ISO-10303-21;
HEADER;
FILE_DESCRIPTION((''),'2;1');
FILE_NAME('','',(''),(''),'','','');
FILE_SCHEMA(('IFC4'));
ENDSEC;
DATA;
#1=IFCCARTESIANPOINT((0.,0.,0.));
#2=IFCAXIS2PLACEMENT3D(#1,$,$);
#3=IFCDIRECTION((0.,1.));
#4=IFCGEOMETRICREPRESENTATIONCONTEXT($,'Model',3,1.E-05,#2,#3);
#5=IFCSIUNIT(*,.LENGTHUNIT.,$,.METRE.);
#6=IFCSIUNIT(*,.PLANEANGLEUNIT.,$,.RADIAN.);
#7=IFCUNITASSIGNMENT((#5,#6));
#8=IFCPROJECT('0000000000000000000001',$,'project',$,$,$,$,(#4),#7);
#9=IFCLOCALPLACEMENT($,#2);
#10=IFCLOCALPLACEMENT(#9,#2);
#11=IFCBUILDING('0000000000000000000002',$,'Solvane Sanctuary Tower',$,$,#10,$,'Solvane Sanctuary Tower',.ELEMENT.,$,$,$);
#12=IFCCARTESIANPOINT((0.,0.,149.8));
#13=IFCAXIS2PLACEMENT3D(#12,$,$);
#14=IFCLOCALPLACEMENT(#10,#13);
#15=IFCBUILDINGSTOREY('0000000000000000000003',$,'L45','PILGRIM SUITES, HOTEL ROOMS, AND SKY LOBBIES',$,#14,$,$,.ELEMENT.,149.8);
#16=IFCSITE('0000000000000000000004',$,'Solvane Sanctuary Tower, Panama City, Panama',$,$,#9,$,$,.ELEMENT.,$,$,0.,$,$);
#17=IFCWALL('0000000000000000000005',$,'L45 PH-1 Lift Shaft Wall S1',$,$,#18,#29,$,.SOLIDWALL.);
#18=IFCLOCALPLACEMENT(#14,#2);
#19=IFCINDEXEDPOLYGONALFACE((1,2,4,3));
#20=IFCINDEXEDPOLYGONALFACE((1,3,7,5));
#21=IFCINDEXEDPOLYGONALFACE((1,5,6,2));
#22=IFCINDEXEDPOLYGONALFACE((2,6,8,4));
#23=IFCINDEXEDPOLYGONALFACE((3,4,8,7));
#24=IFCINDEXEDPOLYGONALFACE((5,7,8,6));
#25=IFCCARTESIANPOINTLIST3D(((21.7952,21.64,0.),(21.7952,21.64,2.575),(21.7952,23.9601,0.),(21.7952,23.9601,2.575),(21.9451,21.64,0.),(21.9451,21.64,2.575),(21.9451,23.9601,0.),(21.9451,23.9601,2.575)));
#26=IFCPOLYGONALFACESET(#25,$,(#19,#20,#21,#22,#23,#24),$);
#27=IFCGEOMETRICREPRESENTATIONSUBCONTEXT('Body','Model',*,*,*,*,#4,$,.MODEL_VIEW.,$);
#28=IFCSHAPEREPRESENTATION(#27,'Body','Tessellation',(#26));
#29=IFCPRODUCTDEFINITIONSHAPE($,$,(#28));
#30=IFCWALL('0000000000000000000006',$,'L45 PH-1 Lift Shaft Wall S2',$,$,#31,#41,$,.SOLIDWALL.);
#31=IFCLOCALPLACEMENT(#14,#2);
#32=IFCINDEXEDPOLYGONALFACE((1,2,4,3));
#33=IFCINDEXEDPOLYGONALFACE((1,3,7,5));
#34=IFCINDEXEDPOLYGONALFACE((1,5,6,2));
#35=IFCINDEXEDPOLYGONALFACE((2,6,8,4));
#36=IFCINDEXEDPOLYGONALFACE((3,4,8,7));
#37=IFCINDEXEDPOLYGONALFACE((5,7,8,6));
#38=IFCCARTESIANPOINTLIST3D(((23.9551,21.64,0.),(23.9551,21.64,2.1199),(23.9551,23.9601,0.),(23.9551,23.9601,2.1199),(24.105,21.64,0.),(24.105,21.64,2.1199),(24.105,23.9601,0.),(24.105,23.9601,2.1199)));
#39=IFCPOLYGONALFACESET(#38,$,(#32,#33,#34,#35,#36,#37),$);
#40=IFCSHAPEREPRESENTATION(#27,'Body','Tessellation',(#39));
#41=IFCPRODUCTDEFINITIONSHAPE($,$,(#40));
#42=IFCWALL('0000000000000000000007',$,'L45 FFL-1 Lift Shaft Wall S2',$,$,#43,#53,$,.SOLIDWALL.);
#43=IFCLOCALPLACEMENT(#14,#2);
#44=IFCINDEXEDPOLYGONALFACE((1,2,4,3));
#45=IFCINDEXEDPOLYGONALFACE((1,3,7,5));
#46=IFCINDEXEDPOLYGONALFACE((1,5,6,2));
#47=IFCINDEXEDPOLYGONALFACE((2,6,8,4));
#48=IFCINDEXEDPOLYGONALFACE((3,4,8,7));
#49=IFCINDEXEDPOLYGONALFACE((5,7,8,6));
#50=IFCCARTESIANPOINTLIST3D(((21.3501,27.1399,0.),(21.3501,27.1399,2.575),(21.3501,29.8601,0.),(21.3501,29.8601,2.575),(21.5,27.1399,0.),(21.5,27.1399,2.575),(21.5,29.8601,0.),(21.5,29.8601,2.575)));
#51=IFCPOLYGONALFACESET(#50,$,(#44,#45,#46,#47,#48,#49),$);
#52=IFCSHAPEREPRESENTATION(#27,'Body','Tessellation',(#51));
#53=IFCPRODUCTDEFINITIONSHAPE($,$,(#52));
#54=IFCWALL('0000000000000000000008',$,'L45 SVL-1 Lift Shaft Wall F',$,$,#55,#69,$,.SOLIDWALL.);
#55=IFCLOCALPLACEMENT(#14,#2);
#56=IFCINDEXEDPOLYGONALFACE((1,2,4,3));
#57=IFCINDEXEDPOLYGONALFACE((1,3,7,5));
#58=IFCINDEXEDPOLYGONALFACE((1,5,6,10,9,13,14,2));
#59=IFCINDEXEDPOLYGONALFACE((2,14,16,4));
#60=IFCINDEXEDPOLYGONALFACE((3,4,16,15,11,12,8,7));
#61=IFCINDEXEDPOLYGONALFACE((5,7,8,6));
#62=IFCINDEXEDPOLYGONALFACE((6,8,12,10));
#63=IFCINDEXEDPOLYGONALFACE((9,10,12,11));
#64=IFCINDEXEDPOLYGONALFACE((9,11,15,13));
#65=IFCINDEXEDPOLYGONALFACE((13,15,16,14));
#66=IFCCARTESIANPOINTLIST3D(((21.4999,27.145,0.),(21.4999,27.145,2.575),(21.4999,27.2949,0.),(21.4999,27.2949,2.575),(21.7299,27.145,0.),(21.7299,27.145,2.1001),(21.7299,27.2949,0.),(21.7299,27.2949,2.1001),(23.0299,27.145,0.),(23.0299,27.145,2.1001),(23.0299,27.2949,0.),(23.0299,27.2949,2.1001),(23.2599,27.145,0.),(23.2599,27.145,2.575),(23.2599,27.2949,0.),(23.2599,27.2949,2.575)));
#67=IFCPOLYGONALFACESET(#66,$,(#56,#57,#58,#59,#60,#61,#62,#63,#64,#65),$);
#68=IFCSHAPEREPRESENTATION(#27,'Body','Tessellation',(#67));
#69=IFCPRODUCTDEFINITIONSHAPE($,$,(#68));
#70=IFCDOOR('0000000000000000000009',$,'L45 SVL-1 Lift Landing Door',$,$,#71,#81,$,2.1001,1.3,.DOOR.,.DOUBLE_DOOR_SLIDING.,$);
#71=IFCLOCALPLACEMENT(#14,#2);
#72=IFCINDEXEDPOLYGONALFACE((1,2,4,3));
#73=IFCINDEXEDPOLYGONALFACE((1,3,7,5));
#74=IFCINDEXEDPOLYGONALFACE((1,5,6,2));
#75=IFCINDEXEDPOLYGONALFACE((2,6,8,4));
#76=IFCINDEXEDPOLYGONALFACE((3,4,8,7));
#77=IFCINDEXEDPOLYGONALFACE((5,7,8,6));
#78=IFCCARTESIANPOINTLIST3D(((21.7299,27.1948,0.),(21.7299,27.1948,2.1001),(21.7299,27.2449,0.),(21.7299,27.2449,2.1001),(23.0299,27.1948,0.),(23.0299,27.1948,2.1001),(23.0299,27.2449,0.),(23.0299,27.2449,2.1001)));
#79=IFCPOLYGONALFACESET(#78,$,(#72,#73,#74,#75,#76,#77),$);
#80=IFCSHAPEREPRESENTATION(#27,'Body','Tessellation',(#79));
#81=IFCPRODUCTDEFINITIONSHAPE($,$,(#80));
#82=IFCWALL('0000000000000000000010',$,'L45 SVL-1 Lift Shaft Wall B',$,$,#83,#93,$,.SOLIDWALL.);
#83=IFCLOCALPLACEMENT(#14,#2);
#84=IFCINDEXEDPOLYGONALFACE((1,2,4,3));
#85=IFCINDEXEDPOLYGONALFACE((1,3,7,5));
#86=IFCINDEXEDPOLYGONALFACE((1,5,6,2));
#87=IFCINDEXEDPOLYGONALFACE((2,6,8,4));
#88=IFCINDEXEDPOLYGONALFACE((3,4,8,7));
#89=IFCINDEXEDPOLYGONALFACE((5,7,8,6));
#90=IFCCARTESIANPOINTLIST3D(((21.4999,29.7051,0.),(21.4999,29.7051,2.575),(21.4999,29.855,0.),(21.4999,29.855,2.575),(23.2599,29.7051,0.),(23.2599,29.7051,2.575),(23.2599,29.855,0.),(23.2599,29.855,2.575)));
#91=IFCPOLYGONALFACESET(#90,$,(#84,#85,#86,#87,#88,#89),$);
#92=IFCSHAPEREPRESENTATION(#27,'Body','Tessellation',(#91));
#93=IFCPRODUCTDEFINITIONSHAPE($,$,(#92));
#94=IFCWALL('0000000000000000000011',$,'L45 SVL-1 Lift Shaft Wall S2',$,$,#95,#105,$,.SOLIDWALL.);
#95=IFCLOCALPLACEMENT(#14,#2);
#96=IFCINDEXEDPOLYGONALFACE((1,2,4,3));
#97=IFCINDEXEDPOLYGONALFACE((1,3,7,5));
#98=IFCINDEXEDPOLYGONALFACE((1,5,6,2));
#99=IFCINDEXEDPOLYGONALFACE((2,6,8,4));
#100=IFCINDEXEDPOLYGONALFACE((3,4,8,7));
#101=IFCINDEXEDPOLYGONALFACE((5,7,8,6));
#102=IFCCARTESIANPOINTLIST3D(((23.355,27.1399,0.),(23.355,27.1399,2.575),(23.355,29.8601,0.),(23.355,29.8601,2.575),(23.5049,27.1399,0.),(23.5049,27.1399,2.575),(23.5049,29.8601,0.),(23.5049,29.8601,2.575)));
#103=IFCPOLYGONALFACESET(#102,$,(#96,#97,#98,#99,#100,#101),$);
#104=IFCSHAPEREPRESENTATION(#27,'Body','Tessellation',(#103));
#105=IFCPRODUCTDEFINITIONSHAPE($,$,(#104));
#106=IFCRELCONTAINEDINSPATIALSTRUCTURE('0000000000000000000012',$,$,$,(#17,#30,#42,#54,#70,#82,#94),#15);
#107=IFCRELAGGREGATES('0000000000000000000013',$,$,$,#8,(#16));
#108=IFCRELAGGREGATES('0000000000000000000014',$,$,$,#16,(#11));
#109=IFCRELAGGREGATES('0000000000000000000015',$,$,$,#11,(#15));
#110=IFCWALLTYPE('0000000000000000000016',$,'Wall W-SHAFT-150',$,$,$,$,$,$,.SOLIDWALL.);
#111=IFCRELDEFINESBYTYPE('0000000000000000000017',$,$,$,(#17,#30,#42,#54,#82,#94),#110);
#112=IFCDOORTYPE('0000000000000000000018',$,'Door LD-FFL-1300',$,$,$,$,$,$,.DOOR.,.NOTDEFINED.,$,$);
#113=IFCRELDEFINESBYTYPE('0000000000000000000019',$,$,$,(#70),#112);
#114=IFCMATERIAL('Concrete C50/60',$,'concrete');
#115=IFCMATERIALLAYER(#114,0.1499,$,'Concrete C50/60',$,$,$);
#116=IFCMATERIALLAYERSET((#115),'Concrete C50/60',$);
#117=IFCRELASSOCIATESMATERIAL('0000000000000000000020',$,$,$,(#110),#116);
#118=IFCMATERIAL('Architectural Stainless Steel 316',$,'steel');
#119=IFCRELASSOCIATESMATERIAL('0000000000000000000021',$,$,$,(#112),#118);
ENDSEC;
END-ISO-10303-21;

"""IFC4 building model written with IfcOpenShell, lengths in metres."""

from ifc_helpers import new_model, si_unit, direction, frame, frame_2d, origin, place, context, subcontext, project, spatial, rectangle, extrude, material, layer, layer_set, type_object, element, fill, save


model = new_model("IFC4")

# Units and contexts
model_context = context("Model", 3, precision=1e-05, world=origin(), true_north=direction((0.0, 1.0)))
body_context = subcontext(model_context, "Body", "Model", "MODEL_VIEW")
ifc_project = project(units=[si_unit("LENGTHUNIT", "METRE"), si_unit("PLANEANGLEUNIT", "RADIAN")], contexts=[model_context])

# Site, building, storey
site_placement = place(None, origin())
site = spatial("IfcSite", under=ifc_project, at=site_placement, Name="Solvane Sanctuary Tower, Panama City, Panama", CompositionType="ELEMENT", RefElevation=0.0)
building_placement = place(site_placement, origin())
building = spatial("IfcBuilding", under=site, at=building_placement, Name="Solvane Sanctuary Tower", LongName="Solvane Sanctuary Tower", CompositionType="ELEMENT")
storey_placement = place(building_placement, frame((0.0, 0.0, 149.8)))
storey = spatial("IfcBuildingStorey", under=building, at=storey_placement, Name="L45", Description="PILGRIM SUITES, HOTEL ROOMS, AND SKY LOBBIES", CompositionType="ELEMENT", Elevation=149.8)

# Shared definitions
ifc_material_1 = material(Name="Concrete C50/60", Category="concrete")

# Shared definitions
ifc_material_2 = material(Name="Architectural Stainless Steel 316", Category="steel")

# Walls
ifc_layer_1 = layer(ifc_material_1, 0.1499, Name="Concrete C50/60")
ifc_layer_set_1 = layer_set([ifc_layer_1], Name="Concrete C50/60")
wall_type_1 = type_object("IfcWallType", Name="Wall W-SHAFT-150", PredefinedType="SOLIDWALL", material=ifc_layer_set_1)
wall_1_placement = place(storey_placement, frame((21.8701, 21.6399, 0.0), z_axis=(0.0, 0.0, 1.0), x_axis=(0.0, 1.0, 0.0)))
element("IfcWall", 1, at=wall_1_placement, inside=storey, type_object=wall_type_1, Name="L45 PH-1 Lift Shaft Wall S1", PredefinedType="SOLIDWALL", context=body_context, shape_type="SweptSolid", body=[
    extrude(rectangle(XDim=2.3201, YDim=0.1499, at=frame_2d((1.1602, 0.0))), origin(), (0.0, 0.0, 1.0), 2.575),
])
wall_2_placement = place(storey_placement, frame((24.03, 21.6399, 0.0), z_axis=(0.0, 0.0, 1.0), x_axis=(0.0, 1.0, 0.0)))
element("IfcWall", 2, at=wall_2_placement, inside=storey, type_object=wall_type_1, Name="L45 PH-1 Lift Shaft Wall S2", PredefinedType="SOLIDWALL", context=body_context, shape_type="SweptSolid", body=[
    extrude(rectangle(XDim=2.3201, YDim=0.1499, at=frame_2d((1.1602, 0.0))), origin(), (0.0, 0.0, 1.0), 2.1199),
])
wall_3_placement = place(storey_placement, frame((21.425, 27.1399, 0.0), z_axis=(0.0, 0.0, 1.0), x_axis=(0.0, 1.0, 0.0)))
element("IfcWall", 3, at=wall_3_placement, inside=storey, type_object=wall_type_1, Name="L45 FFL-1 Lift Shaft Wall S2", PredefinedType="SOLIDWALL", context=body_context, shape_type="SweptSolid", body=[
    extrude(rectangle(XDim=2.7202, YDim=0.1499, at=frame_2d((1.3601, 0.0))), origin(), (0.0, 0.0, 1.0), 2.575),
])

# Wall, opening, door
wall_4_placement = place(storey_placement, frame((21.5, 27.22, 0.0), z_axis=(0.0, 0.0, 1.0), x_axis=(1.0, 0.0, 0.0)))
wall_4 = element("IfcWall", 4, at=wall_4_placement, inside=storey, type_object=wall_type_1, Name="L45 SVL-1 Lift Shaft Wall F", PredefinedType="SOLIDWALL", context=body_context, shape_type="SweptSolid", body=[
    extrude(rectangle(XDim=1.76, YDim=0.1499, at=frame_2d((0.8799, 0.0))), origin(), (0.0, 0.0, 1.0), 2.575),
])
opening_1_placement = place(wall_4_placement, frame((0.23, 0.0, 0.0)))
opening_1 = element("IfcOpeningElement", 5, at=opening_1_placement, cuts=wall_4, PredefinedType="OPENING", context=body_context, shape_type="SweptSolid", body=[
    extrude(rectangle(XDim=1.3, YDim=2.1001, at=frame_2d((0.6499, 1.05))), frame((0.0, 0.085, 0.0), z_axis=(0.0, -1.0, 0.0), x_axis=(1.0, 0.0, 0.0)), (0.0, 0.0, 1.0), 0.1699),
])
door_type_1 = type_object("IfcDoorType", Name="Door LD-FFL-1300", OperationType="NOTDEFINED", PredefinedType="DOOR", material=ifc_material_2)
door_1_placement = place(opening_1_placement, origin())
door_1 = element("IfcDoor", 6, at=door_1_placement, inside=storey, type_object=door_type_1, Name="L45 SVL-1 Lift Landing Door", OperationType="DOUBLE_DOOR_SLIDING", OverallHeight=2.1001, OverallWidth=1.3, PredefinedType="DOOR", context=body_context, shape_type="SweptSolid", body=[
    extrude(rectangle(XDim=1.3, YDim=2.1001, at=frame_2d((0.6499, 1.05))), frame((0.0, 0.0249, 0.0), z_axis=(0.0, -1.0, 0.0), x_axis=(1.0, 0.0, 0.0)), (0.0, 0.0, 1.0), 0.05),
])
fill(opening_1, door_1)

# Walls
wall_5_placement = place(storey_placement, frame((21.5, 29.78, 0.0), z_axis=(0.0, 0.0, 1.0), x_axis=(1.0, 0.0, 0.0)))
element("IfcWall", 7, at=wall_5_placement, inside=storey, type_object=wall_type_1, Name="L45 SVL-1 Lift Shaft Wall B", PredefinedType="SOLIDWALL", context=body_context, shape_type="SweptSolid", body=[
    extrude(rectangle(XDim=1.76, YDim=0.1499, at=frame_2d((0.8799, 0.0))), origin(), (0.0, 0.0, 1.0), 2.575),
])
wall_6_placement = place(storey_placement, frame((23.4299, 27.1399, 0.0), z_axis=(0.0, 0.0, 1.0), x_axis=(0.0, 1.0, 0.0)))
element("IfcWall", 8, at=wall_6_placement, inside=storey, type_object=wall_type_1, Name="L45 SVL-1 Lift Shaft Wall S2", PredefinedType="SOLIDWALL", context=body_context, shape_type="SweptSolid", body=[
    extrude(rectangle(XDim=2.7202, YDim=0.1499, at=frame_2d((1.3601, 0.0))), origin(), (0.0, 0.0, 1.0), 2.575),
])

save(model, "model.ifc")
